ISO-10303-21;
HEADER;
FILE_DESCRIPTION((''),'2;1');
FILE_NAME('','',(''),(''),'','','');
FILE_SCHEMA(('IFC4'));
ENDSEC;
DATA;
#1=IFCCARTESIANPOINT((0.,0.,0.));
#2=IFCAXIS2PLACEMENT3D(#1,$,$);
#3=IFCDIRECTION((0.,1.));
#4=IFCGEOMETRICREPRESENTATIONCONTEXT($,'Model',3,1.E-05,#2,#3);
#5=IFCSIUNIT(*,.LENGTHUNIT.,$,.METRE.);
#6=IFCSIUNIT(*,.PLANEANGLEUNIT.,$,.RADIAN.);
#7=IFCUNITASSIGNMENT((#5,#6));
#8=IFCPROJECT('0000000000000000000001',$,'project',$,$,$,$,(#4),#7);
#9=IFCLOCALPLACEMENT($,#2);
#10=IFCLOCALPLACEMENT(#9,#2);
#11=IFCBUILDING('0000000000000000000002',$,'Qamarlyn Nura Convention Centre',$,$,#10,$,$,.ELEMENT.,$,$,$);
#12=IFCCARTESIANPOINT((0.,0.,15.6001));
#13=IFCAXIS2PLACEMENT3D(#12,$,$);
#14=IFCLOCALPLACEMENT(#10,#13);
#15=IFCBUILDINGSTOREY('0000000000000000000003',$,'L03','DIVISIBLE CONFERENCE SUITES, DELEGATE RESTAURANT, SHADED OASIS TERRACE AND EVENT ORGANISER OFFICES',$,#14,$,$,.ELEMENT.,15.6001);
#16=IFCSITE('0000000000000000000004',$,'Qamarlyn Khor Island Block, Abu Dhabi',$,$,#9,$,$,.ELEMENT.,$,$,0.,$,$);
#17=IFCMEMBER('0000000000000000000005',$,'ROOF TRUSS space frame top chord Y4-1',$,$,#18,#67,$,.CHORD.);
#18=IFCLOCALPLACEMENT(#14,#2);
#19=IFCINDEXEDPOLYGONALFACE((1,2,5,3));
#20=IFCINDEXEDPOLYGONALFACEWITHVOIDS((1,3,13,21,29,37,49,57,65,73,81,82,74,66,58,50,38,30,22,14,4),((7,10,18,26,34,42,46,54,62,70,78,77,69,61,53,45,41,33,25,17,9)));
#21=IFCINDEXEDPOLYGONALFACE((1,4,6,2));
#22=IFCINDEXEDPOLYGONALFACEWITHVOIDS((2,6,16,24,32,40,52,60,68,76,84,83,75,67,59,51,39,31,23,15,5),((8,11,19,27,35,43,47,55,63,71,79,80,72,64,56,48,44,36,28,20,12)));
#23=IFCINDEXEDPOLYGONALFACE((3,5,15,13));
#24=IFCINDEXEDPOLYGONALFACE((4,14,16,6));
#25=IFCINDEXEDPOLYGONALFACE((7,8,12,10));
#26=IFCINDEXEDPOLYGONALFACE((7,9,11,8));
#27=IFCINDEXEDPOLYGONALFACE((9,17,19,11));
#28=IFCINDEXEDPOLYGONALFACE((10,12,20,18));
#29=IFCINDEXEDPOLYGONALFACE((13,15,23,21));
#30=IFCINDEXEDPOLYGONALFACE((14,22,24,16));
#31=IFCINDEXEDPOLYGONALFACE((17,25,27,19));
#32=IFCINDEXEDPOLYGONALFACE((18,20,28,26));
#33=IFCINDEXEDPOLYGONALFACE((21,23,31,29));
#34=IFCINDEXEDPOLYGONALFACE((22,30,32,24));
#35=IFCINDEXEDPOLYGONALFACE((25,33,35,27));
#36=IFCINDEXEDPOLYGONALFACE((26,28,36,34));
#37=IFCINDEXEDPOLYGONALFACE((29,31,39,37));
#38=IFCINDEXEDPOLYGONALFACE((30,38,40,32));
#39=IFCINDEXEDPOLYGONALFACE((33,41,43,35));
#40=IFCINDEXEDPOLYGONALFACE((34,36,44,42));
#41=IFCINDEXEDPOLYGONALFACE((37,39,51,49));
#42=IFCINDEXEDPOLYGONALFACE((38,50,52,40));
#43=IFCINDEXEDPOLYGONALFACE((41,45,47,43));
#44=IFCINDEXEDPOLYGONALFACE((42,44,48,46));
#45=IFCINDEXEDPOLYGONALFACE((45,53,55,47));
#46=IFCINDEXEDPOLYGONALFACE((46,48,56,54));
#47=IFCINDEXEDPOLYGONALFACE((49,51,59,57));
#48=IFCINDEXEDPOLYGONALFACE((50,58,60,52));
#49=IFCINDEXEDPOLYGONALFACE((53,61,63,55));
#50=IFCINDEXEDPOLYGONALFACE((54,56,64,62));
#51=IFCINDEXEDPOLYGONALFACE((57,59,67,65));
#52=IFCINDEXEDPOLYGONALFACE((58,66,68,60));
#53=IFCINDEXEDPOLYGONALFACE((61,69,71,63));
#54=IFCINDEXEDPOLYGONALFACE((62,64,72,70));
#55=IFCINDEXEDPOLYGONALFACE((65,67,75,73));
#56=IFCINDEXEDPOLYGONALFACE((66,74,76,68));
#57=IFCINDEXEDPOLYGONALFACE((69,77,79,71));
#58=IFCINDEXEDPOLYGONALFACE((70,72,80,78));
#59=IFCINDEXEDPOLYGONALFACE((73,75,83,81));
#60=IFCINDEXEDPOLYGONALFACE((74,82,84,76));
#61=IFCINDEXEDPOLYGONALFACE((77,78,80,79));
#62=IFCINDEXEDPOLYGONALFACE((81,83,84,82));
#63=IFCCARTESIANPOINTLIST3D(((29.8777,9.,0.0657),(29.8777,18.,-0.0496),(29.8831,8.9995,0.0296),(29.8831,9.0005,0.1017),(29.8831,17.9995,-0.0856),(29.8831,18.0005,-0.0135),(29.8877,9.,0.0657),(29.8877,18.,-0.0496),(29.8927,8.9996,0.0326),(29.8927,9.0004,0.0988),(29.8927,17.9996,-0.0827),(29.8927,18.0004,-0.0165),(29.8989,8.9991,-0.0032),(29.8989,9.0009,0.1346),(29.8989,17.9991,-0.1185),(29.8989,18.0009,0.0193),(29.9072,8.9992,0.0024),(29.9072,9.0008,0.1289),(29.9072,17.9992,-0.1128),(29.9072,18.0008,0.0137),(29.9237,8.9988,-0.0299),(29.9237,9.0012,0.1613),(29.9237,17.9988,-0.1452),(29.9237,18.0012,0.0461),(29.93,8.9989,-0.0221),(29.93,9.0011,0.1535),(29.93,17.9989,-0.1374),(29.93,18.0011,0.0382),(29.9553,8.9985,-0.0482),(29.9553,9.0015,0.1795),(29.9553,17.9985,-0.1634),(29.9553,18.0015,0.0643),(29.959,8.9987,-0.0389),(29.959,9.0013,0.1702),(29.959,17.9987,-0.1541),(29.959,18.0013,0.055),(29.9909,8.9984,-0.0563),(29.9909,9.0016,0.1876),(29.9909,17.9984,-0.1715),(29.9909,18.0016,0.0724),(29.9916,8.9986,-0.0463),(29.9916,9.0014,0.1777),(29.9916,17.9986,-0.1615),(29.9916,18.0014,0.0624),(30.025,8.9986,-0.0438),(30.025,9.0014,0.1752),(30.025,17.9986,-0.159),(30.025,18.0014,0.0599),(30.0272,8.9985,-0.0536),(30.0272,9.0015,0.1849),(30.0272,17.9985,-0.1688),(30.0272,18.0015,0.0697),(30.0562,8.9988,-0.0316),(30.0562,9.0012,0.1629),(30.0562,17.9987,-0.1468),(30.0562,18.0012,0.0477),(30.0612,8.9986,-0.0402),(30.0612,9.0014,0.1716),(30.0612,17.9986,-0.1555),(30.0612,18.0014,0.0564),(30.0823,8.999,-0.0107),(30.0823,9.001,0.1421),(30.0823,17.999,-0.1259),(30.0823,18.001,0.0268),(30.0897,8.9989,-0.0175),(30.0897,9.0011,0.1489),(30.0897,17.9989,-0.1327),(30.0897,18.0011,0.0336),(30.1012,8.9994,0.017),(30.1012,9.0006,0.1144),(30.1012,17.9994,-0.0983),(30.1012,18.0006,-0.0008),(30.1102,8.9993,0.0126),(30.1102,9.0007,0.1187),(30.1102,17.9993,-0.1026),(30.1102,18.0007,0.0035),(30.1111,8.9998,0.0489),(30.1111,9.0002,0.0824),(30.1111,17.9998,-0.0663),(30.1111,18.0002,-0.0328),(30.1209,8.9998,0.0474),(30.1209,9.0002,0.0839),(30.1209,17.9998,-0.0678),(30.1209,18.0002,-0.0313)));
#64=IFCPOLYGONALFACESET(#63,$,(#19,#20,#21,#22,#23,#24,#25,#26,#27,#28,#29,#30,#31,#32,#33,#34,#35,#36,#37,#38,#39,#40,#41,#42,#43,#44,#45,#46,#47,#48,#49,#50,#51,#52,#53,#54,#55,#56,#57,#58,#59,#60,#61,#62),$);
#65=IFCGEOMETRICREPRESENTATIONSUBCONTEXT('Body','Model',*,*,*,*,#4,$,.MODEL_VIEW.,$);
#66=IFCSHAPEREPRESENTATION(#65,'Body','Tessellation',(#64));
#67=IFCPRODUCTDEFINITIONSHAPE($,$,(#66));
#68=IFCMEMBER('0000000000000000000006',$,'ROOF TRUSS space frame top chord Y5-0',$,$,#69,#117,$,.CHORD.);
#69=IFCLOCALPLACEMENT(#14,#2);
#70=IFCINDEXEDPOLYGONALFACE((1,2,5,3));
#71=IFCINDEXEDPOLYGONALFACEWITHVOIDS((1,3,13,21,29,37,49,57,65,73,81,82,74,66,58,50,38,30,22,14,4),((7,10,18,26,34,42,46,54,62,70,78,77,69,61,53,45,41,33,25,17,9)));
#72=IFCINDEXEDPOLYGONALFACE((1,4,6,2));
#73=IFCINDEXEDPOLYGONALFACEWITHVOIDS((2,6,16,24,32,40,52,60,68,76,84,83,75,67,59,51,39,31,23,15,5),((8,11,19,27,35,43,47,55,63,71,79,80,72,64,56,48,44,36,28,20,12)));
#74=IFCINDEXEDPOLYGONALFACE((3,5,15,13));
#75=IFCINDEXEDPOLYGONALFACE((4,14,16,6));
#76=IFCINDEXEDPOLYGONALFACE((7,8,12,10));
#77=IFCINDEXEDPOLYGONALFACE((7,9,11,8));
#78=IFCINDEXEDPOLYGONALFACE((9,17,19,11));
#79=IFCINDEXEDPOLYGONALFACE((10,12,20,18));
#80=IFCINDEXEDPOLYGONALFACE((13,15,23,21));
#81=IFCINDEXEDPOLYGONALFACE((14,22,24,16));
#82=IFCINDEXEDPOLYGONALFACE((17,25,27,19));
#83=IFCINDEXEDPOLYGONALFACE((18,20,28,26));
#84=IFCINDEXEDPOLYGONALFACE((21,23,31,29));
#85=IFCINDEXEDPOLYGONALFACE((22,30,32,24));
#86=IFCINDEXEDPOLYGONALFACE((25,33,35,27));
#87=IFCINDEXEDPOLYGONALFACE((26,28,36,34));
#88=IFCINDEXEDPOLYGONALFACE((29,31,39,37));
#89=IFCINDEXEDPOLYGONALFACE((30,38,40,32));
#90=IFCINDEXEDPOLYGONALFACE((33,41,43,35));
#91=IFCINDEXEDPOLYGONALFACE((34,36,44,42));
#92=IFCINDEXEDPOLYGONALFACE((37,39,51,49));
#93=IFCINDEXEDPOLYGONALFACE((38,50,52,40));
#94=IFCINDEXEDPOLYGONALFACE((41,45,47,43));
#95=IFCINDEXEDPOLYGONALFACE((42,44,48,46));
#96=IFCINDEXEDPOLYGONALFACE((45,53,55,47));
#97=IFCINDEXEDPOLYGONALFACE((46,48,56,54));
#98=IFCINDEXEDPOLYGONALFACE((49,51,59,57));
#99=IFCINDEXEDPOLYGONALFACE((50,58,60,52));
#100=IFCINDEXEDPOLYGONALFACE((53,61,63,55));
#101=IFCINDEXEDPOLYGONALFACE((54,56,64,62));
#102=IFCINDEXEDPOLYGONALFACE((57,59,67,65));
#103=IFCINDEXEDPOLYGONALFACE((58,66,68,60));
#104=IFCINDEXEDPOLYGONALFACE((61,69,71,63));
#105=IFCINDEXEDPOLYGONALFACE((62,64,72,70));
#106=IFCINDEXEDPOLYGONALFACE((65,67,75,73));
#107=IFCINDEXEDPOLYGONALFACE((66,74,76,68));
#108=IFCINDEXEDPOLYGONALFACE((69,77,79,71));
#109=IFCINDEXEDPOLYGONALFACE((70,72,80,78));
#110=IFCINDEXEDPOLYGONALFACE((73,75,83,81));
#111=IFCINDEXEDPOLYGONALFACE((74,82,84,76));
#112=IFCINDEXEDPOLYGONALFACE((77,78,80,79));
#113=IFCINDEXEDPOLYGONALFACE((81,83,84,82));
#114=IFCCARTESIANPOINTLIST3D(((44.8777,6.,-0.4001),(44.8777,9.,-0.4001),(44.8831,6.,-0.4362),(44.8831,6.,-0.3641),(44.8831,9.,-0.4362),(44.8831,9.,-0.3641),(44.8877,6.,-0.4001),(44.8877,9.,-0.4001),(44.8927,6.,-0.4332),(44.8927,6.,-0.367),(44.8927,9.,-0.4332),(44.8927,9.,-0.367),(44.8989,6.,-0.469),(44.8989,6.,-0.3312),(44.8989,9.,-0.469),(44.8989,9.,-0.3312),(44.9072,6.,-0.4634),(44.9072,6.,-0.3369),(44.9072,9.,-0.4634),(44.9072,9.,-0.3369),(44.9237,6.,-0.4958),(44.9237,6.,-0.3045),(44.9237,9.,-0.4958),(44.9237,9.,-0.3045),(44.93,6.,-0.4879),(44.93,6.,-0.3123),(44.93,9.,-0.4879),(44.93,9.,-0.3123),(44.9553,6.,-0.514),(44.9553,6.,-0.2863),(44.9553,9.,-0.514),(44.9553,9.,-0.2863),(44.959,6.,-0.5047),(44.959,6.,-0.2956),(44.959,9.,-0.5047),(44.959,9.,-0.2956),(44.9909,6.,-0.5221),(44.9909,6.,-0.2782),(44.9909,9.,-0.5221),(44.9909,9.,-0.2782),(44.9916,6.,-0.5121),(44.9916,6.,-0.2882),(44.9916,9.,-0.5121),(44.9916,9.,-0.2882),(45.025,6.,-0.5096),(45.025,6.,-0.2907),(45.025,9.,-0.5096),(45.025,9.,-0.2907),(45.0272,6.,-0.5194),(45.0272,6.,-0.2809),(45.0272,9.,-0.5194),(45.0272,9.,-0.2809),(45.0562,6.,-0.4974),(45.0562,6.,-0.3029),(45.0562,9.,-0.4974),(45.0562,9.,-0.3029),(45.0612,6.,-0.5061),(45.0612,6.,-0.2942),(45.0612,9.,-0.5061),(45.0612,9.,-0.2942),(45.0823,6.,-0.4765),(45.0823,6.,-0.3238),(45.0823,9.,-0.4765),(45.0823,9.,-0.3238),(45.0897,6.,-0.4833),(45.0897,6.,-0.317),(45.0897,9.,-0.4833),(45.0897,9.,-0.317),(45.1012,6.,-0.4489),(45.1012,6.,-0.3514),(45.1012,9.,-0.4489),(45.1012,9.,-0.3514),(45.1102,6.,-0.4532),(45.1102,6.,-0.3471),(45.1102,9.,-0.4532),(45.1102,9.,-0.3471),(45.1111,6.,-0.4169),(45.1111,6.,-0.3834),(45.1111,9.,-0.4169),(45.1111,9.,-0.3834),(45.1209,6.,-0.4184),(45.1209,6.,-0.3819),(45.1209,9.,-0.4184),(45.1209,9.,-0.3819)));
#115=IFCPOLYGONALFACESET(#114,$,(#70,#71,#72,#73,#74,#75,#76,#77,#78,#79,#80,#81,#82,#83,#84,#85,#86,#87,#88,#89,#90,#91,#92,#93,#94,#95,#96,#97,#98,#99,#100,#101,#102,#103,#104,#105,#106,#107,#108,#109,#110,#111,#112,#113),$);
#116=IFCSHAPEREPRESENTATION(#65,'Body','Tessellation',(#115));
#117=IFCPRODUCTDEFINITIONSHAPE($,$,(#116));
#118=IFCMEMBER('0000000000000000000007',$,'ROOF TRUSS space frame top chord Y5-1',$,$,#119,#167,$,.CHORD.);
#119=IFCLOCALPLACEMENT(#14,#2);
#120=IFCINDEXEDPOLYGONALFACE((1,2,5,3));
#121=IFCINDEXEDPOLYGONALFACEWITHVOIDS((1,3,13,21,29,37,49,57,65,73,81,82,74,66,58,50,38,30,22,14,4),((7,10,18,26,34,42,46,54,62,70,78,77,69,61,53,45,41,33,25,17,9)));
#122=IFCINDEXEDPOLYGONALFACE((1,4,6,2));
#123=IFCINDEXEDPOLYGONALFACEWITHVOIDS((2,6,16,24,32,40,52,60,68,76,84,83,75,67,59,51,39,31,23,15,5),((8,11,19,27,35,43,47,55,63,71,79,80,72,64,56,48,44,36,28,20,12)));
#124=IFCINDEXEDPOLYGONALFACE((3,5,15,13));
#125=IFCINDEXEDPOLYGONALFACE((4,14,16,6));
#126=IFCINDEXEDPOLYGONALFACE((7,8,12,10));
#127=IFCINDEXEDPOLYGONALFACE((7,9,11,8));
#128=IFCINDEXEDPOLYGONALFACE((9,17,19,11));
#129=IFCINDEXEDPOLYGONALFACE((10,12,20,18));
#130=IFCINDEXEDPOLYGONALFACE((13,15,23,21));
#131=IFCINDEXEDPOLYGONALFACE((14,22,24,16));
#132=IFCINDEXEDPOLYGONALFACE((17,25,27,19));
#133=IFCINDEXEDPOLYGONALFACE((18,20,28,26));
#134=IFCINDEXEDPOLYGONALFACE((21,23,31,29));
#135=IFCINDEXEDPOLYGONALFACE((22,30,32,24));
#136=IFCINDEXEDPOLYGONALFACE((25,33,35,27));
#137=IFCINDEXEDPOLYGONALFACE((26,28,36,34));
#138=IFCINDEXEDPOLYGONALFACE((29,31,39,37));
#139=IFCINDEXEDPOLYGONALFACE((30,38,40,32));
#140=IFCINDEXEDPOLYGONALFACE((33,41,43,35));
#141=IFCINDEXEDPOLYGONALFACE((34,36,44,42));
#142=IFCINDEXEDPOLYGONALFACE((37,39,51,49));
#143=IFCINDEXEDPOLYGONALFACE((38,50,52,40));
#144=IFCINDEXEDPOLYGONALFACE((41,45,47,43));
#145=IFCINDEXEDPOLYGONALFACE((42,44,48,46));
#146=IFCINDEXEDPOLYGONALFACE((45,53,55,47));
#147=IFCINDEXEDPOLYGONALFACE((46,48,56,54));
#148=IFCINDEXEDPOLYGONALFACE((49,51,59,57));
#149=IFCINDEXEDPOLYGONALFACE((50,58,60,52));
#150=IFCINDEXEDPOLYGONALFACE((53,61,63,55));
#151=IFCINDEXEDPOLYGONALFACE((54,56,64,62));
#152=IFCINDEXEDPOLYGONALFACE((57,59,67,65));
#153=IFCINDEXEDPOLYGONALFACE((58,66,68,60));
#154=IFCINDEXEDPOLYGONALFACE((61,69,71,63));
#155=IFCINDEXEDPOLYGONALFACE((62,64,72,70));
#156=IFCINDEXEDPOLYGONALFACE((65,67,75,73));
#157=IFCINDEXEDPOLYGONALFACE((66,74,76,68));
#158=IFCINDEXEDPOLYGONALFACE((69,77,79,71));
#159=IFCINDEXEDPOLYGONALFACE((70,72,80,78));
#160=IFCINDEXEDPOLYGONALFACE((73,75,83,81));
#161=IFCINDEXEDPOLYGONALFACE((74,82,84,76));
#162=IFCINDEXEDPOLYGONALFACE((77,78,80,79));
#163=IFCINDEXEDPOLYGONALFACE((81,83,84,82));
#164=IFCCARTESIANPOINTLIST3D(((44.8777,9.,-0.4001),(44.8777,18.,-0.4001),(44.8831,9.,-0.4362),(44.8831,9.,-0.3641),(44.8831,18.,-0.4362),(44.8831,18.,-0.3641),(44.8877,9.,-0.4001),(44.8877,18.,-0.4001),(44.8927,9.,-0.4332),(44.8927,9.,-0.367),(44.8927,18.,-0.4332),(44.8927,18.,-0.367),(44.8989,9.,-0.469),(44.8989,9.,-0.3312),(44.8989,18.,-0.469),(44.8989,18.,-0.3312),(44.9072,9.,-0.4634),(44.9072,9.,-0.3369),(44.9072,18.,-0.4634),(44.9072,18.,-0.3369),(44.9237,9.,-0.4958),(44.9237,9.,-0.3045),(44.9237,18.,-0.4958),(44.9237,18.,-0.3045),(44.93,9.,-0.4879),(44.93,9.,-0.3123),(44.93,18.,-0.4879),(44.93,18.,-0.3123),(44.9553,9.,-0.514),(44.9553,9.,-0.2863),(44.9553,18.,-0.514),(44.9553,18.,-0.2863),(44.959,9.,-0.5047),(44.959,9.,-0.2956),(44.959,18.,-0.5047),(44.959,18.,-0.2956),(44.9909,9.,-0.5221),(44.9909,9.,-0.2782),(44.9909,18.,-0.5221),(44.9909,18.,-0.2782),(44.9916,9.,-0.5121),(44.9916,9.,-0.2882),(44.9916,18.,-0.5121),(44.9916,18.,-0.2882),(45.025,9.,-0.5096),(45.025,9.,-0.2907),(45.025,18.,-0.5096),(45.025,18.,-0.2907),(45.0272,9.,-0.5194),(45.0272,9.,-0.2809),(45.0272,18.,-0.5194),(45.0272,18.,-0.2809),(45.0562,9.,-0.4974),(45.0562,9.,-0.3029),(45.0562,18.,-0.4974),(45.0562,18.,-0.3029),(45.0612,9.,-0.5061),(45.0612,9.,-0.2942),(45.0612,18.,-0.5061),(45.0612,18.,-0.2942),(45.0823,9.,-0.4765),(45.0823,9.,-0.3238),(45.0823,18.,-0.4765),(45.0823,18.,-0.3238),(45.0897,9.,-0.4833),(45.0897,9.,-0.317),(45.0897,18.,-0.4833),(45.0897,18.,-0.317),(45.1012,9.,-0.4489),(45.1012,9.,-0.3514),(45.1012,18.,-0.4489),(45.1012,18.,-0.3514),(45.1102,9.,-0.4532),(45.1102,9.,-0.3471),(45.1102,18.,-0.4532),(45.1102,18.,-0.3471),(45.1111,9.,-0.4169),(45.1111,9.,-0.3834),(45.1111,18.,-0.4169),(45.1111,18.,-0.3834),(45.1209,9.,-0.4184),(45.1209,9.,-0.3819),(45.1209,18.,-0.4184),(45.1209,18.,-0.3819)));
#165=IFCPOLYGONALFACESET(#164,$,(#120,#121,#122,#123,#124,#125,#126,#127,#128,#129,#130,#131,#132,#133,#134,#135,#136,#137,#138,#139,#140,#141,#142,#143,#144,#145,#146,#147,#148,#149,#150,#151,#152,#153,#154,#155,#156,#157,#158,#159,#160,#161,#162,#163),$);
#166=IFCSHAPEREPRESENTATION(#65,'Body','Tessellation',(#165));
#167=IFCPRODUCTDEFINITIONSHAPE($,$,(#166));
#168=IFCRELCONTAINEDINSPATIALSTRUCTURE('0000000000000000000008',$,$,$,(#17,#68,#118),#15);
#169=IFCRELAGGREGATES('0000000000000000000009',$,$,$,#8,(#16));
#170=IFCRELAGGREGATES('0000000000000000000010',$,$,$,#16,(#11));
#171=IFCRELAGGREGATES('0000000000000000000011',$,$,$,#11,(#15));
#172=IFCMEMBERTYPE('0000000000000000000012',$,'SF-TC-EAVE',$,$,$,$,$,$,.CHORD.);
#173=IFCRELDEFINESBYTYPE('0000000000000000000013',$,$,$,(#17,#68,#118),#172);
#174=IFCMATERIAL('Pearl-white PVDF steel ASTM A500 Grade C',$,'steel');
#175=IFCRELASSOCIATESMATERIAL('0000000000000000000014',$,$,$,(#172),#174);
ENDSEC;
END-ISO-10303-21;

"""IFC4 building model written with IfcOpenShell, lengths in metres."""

from ifc_helpers import new_model, si_unit, direction, frame, origin, origin_2d, place, context, subcontext, project, spatial, hollow_circle, extrude, material, material_profile, profile_set, type_object, element, save


model = new_model("IFC4")

# Units and contexts
model_context = context("Model", 3, precision=1e-05, world=origin(), true_north=direction((0.0, 1.0)))
body_context = subcontext(model_context, "Body", "Model", "MODEL_VIEW")
ifc_project = project(units=[si_unit("LENGTHUNIT", "METRE"), si_unit("PLANEANGLEUNIT", "RADIAN")], contexts=[model_context])

# Site, building, storey
site_placement = place(None, origin())
site = spatial("IfcSite", under=ifc_project, at=site_placement, Name="Qamarlyn Khor Island Block, Abu Dhabi", CompositionType="ELEMENT", RefElevation=0.0)
building_placement = place(site_placement, origin())
building = spatial("IfcBuilding", under=site, at=building_placement, Name="Qamarlyn Nura Convention Centre", CompositionType="ELEMENT")
storey_placement = place(building_placement, frame((0.0, 0.0, 15.6001)))
storey = spatial("IfcBuildingStorey", under=building, at=storey_placement, Name="L03", Description="DIVISIBLE CONFERENCE SUITES, DELEGATE RESTAURANT, SHADED OASIS TERRACE AND EVENT ORGANISER OFFICES", CompositionType="ELEMENT", Elevation=15.6001)

# Members
ifc_material_1 = material(Name="Pearl-white PVDF steel ASTM A500 Grade C", Category="steel")
ifc_material_profile_1 = material_profile(ifc_material_1, hollow_circle(Radius=0.1223, WallThickness=0.01, at=origin_2d()), Name="CHS244.5X10")
ifc_profile_set_1 = profile_set([ifc_material_profile_1], Name="Pearl-white PVDF steel ASTM A500 Grade C")
member_type_1 = type_object("IfcMemberType", Name="SF-TC-EAVE", PredefinedType="CHORD", material=ifc_profile_set_1)
member_1_placement = place(storey_placement, frame((30.0, 9.0, 0.0657), z_axis=(0.0, 0.999918, -0.012803), x_axis=(-1.0, 0.0, 0.0)))
element("IfcMember", 1, at=member_1_placement, inside=storey, type_object=member_type_1, Name="ROOF TRUSS space frame top chord Y4-1", PredefinedType="CHORD", context=body_context, shape_type="SweptSolid", body=[
    extrude(hollow_circle(Radius=0.1223, WallThickness=0.01, at=origin_2d()), origin(), (0.0, 0.0, 1.0), 9.0007),
])
member_2_placement = place(storey_placement, frame((45.0, 6.0, -0.4001), z_axis=(0.0, 1.0, 0.0), x_axis=(-1.0, 0.0, 0.0)))
element("IfcMember", 2, at=member_2_placement, inside=storey, type_object=member_type_1, Name="ROOF TRUSS space frame top chord Y5-0", PredefinedType="CHORD", context=body_context, shape_type="SweptSolid", body=[
    extrude(hollow_circle(Radius=0.1223, WallThickness=0.01, at=origin_2d()), origin(), (0.0, 0.0, 1.0), 3.0),
])
member_3_placement = place(storey_placement, frame((45.0, 9.0, -0.4001), z_axis=(0.0, 1.0, 0.0), x_axis=(-1.0, 0.0, 0.0)))
element("IfcMember", 3, at=member_3_placement, inside=storey, type_object=member_type_1, Name="ROOF TRUSS space frame top chord Y5-1", PredefinedType="CHORD", context=body_context, shape_type="SweptSolid", body=[
    extrude(hollow_circle(Radius=0.1223, WallThickness=0.01, at=origin_2d()), origin(), (0.0, 0.0, 1.0), 9.0),
])

save(model, "model.ifc")
